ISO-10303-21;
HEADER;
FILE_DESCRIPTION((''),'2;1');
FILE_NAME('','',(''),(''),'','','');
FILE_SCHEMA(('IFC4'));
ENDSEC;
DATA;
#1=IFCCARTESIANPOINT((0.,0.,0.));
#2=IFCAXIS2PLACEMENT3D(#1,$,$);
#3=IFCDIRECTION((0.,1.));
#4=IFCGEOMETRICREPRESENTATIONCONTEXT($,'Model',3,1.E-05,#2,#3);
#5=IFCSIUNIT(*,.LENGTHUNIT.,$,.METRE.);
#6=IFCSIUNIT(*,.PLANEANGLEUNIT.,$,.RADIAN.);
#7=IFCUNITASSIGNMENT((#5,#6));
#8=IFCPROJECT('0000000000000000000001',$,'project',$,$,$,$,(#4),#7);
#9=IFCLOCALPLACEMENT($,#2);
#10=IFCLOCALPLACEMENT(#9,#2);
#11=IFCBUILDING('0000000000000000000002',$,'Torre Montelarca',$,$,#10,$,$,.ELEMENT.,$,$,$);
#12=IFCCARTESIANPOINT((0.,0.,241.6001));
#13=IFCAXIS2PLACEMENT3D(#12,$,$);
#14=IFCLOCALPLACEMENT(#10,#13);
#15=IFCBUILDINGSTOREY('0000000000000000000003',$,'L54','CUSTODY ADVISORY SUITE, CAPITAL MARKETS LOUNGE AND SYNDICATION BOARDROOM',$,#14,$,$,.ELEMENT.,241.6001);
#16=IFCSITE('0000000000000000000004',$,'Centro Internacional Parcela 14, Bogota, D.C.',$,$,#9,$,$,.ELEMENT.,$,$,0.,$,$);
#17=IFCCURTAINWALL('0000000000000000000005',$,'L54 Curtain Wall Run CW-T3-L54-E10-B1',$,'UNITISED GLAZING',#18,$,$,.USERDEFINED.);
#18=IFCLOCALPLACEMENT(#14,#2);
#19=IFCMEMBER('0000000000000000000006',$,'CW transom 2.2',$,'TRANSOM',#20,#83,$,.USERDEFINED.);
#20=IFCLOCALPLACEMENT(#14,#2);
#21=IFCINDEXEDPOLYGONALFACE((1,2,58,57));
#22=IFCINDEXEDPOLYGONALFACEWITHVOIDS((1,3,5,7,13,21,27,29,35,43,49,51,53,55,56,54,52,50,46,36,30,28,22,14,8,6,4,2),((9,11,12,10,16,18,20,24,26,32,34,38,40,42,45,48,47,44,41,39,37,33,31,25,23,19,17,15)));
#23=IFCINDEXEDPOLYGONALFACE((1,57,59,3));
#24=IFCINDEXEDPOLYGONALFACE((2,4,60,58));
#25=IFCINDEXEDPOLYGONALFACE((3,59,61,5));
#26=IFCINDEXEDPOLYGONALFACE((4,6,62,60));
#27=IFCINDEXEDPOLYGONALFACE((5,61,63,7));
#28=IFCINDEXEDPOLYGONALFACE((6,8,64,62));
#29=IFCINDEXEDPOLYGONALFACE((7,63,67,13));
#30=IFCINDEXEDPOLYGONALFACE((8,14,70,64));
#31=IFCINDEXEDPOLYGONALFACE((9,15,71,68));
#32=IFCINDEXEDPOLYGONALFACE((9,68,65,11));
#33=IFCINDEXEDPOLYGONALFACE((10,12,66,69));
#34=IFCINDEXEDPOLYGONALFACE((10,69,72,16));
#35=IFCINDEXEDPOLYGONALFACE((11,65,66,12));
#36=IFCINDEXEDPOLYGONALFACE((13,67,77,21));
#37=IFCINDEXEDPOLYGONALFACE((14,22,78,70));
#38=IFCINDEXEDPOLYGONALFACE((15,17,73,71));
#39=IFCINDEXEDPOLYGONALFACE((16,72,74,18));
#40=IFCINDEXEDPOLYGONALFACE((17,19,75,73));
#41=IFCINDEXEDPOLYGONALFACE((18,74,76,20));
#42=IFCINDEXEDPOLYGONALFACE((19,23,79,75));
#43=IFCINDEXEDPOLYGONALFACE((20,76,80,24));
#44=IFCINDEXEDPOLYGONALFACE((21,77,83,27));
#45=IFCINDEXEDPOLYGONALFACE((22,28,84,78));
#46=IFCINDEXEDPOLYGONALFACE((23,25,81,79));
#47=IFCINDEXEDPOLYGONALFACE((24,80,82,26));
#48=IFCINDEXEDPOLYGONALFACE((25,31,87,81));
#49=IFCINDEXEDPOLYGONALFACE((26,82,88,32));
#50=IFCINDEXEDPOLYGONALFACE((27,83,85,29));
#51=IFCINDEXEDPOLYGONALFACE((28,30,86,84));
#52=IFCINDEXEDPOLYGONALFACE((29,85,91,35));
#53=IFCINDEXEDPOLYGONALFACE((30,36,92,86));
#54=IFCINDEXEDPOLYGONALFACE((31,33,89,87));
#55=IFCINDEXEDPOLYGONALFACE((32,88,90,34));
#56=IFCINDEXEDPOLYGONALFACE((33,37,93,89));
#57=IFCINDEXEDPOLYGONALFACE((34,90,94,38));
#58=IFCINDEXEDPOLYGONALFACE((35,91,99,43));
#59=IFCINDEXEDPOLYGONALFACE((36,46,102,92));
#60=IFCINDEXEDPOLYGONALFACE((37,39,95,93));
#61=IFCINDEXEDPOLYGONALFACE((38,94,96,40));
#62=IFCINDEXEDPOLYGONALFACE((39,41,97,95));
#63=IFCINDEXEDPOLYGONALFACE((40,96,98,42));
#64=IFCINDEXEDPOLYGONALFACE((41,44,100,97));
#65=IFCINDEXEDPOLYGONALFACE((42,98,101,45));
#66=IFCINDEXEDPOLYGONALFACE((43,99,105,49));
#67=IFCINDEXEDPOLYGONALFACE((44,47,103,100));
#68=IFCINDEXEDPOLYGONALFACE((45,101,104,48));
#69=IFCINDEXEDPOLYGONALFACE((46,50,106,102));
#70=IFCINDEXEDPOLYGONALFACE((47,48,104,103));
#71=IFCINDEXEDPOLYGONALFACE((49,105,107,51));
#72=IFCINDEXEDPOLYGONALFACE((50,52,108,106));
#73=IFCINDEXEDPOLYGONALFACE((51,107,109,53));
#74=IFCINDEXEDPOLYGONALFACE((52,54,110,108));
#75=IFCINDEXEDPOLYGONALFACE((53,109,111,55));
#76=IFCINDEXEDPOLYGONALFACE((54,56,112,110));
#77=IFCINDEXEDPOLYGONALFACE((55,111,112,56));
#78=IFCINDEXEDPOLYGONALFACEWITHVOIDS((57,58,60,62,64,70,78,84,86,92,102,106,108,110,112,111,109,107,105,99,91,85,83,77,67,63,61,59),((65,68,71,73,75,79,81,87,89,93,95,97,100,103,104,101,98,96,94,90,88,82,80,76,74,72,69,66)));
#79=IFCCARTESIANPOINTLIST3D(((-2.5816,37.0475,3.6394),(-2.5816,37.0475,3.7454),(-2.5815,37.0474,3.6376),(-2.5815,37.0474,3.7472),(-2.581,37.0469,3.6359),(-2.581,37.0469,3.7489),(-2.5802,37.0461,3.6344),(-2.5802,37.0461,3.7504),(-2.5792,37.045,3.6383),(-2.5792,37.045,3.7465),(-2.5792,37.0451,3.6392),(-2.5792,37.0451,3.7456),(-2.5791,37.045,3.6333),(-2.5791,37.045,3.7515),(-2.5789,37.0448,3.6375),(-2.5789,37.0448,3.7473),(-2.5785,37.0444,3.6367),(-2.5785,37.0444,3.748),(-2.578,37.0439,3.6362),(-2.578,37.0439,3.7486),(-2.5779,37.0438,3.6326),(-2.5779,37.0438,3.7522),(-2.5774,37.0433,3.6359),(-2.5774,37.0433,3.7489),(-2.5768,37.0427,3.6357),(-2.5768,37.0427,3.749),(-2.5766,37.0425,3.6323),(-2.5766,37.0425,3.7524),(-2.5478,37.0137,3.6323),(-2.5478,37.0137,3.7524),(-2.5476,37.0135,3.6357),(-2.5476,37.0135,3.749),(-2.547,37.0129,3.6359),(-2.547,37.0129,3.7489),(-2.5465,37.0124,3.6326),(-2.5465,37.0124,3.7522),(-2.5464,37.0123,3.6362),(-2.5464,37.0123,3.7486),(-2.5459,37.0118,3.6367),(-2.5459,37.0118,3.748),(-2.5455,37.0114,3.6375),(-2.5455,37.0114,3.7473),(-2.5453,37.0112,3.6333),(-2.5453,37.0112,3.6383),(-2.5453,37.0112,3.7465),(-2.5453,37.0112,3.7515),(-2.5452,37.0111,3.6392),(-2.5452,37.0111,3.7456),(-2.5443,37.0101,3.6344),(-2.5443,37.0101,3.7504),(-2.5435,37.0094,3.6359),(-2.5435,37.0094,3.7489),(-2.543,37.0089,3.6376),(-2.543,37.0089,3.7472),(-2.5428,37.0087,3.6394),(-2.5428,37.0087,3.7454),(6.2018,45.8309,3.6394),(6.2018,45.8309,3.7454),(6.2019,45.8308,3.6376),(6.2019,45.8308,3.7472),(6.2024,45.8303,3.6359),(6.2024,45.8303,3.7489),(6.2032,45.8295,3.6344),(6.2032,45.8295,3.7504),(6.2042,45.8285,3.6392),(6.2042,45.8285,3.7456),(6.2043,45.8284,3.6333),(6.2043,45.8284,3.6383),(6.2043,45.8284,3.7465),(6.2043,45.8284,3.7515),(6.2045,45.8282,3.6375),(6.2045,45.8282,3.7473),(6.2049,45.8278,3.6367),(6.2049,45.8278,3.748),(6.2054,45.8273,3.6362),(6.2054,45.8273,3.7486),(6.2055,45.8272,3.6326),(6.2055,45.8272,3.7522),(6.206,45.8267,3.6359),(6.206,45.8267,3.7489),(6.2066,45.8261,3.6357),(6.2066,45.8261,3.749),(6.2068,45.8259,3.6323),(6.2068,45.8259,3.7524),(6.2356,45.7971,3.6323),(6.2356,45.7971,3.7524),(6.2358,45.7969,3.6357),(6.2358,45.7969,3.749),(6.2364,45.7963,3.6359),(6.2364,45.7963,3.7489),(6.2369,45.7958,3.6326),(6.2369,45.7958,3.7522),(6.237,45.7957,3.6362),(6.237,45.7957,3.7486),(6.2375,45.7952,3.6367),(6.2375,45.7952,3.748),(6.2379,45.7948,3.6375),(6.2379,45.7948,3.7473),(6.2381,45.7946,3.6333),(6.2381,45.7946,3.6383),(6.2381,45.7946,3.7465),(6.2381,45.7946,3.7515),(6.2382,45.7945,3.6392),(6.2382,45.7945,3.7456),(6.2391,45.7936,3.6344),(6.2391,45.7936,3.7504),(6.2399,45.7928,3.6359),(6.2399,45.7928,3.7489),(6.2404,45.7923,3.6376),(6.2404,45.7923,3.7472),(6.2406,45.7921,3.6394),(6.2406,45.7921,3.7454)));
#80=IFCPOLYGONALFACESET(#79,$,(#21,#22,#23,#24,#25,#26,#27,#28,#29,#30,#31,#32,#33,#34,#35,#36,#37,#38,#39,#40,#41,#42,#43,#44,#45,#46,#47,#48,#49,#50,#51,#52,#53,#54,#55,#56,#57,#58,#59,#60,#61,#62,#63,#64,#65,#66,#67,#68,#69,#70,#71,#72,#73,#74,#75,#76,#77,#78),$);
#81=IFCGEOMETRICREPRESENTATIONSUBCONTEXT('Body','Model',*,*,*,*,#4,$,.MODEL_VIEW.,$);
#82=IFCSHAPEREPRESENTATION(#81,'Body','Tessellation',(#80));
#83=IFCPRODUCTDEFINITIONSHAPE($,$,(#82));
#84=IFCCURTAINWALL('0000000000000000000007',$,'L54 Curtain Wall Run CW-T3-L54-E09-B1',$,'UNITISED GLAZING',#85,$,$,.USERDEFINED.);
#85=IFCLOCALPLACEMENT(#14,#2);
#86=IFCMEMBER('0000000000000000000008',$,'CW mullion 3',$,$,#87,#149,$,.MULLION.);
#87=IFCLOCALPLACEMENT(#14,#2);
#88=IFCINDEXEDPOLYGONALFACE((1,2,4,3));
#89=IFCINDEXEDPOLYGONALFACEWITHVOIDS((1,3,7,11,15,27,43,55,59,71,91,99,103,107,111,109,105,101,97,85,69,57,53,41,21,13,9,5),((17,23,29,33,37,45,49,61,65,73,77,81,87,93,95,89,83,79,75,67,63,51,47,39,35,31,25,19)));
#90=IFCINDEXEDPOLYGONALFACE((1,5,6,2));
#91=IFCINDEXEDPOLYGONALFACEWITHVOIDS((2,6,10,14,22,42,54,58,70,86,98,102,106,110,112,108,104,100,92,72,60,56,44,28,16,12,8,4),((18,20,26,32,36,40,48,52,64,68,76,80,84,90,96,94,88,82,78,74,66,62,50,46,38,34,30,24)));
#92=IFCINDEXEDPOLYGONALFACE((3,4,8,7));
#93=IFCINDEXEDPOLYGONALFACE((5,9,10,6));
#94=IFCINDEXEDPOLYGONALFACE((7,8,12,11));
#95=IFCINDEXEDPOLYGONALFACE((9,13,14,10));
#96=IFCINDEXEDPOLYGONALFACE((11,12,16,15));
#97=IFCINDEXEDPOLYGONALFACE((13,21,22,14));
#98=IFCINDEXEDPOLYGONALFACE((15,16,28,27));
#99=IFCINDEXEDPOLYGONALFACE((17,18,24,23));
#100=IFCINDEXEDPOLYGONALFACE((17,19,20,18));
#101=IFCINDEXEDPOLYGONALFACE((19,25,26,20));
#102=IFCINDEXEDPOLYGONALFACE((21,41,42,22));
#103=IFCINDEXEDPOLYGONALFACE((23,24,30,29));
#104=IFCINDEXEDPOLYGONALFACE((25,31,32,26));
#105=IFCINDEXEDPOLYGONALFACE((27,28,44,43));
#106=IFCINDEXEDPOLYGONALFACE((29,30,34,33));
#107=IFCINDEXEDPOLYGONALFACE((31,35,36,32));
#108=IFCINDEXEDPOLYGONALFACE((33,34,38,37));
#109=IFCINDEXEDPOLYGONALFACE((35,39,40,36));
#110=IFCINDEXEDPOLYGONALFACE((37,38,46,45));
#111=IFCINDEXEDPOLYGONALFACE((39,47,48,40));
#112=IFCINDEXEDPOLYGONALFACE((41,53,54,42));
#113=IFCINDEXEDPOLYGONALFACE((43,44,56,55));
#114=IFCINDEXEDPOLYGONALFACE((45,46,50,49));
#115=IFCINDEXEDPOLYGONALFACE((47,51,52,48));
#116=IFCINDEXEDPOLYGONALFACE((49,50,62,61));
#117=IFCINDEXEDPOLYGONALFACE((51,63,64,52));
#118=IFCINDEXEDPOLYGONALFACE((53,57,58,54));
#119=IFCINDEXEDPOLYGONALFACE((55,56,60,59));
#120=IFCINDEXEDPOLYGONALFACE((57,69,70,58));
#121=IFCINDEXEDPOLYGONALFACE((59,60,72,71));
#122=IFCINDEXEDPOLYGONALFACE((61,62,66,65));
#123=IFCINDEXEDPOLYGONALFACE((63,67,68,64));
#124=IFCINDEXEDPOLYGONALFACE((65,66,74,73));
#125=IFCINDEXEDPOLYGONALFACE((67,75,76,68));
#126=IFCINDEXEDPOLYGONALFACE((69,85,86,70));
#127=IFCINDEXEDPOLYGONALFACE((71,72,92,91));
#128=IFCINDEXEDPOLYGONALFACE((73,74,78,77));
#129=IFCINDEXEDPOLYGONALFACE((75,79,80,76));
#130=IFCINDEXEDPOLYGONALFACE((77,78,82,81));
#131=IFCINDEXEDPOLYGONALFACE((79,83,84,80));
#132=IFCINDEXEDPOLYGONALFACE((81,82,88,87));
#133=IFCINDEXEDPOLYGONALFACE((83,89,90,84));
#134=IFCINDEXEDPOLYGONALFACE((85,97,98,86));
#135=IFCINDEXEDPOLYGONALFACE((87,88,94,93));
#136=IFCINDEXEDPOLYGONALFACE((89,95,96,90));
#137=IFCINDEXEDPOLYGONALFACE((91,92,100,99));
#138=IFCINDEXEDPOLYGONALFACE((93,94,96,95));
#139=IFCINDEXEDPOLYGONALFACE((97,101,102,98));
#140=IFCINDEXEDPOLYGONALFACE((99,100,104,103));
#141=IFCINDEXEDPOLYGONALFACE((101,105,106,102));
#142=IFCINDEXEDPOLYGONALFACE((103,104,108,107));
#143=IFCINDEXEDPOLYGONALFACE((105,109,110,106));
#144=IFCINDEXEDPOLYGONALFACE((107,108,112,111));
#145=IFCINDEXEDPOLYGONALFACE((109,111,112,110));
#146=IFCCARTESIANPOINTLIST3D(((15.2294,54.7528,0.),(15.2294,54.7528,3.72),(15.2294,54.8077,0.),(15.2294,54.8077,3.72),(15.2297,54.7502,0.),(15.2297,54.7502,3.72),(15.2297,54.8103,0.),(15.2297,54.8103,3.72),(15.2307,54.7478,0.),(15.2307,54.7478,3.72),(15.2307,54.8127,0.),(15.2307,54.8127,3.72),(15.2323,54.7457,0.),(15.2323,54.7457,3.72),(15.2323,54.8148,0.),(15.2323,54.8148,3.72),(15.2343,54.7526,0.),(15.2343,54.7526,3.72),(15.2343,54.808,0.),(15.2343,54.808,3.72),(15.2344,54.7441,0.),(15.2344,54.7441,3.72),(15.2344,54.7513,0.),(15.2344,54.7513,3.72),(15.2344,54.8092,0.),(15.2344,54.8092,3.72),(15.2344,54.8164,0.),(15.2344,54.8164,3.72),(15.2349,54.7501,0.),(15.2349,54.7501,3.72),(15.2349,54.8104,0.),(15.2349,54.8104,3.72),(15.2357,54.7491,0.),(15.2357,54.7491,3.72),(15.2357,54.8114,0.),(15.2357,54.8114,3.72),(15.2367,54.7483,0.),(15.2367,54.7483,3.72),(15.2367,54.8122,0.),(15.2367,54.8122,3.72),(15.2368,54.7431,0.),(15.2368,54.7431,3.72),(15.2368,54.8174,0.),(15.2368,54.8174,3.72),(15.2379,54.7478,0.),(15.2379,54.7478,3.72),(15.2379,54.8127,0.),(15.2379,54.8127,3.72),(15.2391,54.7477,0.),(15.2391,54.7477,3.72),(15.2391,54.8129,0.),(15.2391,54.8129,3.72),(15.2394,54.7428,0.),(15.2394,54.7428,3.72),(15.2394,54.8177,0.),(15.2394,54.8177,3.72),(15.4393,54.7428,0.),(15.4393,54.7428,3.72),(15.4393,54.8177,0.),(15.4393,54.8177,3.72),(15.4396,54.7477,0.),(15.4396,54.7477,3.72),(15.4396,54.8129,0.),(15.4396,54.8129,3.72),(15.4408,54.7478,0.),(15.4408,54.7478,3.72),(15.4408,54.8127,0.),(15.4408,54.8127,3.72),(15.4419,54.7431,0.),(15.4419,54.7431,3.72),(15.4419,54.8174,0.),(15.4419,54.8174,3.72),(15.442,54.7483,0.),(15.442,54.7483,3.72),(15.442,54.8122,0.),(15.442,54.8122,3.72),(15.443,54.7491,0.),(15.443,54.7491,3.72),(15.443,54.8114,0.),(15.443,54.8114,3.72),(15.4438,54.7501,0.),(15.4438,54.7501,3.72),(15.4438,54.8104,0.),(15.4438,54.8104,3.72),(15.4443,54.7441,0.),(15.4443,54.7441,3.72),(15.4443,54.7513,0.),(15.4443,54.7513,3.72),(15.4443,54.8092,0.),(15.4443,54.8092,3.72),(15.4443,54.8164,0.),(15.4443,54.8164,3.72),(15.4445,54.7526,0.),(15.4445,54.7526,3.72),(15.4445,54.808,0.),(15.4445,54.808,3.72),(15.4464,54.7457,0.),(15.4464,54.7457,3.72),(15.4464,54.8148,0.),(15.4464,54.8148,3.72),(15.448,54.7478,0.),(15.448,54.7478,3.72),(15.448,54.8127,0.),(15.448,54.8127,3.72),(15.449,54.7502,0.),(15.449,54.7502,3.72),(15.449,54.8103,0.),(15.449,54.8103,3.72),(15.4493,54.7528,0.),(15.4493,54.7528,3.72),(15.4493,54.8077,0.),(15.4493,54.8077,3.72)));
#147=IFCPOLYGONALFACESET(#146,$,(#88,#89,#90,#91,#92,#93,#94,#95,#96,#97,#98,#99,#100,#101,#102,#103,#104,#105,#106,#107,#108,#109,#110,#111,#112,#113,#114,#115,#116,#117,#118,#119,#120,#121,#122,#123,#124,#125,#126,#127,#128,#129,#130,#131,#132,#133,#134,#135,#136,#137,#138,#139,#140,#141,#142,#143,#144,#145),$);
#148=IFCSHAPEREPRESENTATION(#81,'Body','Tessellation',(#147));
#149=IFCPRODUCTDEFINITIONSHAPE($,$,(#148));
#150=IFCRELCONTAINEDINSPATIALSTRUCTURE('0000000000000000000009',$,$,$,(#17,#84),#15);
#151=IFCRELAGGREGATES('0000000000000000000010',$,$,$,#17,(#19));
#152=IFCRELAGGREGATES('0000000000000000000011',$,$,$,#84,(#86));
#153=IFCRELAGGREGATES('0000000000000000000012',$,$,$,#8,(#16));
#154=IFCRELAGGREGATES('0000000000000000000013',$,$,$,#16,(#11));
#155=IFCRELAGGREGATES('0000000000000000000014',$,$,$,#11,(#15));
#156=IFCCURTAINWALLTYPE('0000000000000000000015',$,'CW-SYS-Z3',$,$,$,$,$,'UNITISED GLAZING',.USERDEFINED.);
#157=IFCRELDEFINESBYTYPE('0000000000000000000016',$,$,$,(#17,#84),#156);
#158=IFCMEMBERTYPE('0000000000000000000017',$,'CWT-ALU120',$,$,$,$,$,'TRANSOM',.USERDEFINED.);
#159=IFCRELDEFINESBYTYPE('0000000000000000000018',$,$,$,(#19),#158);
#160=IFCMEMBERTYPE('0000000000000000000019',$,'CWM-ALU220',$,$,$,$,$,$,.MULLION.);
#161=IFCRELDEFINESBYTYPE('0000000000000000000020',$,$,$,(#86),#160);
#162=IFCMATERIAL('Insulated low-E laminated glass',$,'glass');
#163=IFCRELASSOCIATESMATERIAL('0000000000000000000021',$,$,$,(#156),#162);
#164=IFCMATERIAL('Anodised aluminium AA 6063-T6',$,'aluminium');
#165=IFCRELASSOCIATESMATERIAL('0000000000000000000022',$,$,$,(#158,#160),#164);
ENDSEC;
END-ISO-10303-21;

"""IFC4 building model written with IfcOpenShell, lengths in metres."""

from ifc_helpers import new_model, si_unit, direction, frame, origin, origin_2d, place, context, subcontext, project, spatial, hollow_rectangle, extrude, source, transform, mapped, material, material_profile, profile_set, type_object, element, aggregate, save


model = new_model("IFC4")

# Units and contexts
model_context = context("Model", 3, precision=1e-05, world=origin(), true_north=direction((0.0, 1.0)))
body_context = subcontext(model_context, "Body", "Model", "MODEL_VIEW")
ifc_project = project(units=[si_unit("LENGTHUNIT", "METRE"), si_unit("PLANEANGLEUNIT", "RADIAN")], contexts=[model_context])

# Site, building, storey
site_placement = place(None, origin())
site = spatial("IfcSite", under=ifc_project, at=site_placement, Name="Centro Internacional Parcela 14, Bogota, D.C.", CompositionType="ELEMENT", RefElevation=0.0)
building_placement = place(site_placement, origin())
building = spatial("IfcBuilding", under=site, at=building_placement, Name="Torre Montelarca", CompositionType="ELEMENT")
storey_placement = place(building_placement, frame((0.0, 0.0, 241.6001)))
storey = spatial("IfcBuildingStorey", under=building, at=storey_placement, Name="L54", Description="CUSTODY ADVISORY SUITE, CAPITAL MARKETS LOUNGE AND SYNDICATION BOARDROOM", CompositionType="ELEMENT", Elevation=241.6001)

# Curtain wall, member
ifc_material_1 = material(Name="Insulated low-E laminated glass", Category="glass")
curtain_wall_type = type_object("IfcCurtainWallType", Name="CW-SYS-Z3", ElementType="UNITISED GLAZING", PredefinedType="USERDEFINED", material=ifc_material_1)
curtain_wall_1_placement = place(storey_placement, origin())
curtain_wall_1 = element("IfcCurtainWall", 1, at=curtain_wall_1_placement, inside=storey, type_object=curtain_wall_type, Name="L54 Curtain Wall Run CW-T3-L54-E10-B1", ObjectType="UNITISED GLAZING", PredefinedType="USERDEFINED")
ifc_material_2 = material(Name="Anodised aluminium AA 6063-T6", Category="aluminium")
ifc_material_profile_1 = material_profile(ifc_material_2, hollow_rectangle(XDim=0.0549, YDim=0.1201, WallThickness=0.0034, InnerFilletRadius=0.0034, OuterFilletRadius=0.0071, at=origin_2d()), Name="ALU55X120X3.5", Category="aluminium")
ifc_profile_set_1 = profile_set([ifc_material_profile_1], Name="Anodised aluminium AA 6063-T6")
member_type_1 = type_object("IfcMemberType", Name="CWT-ALU120", ElementType="TRANSOM", PredefinedType="USERDEFINED", material=ifc_profile_set_1)
shared_shape_1 = source(origin(), body_context, "Body", "SweptSolid", [
    extrude(hollow_rectangle(XDim=0.0549, YDim=0.1201, WallThickness=0.0034, InnerFilletRadius=0.0034, OuterFilletRadius=0.0071, at=origin_2d()), origin(), (0.0, 0.0, 1.0), 12.4216),
])
member_1_placement = place(storey_placement, frame((6.2212, 45.8115, 3.6924), z_axis=(-0.707107, -0.707107, 0.0), x_axis=(0.707107, -0.707107, 0.0)))
member_1 = element("IfcMember", 2, at=member_1_placement, type_object=member_type_1, Name="CW transom 2.2", ObjectType="TRANSOM", PredefinedType="USERDEFINED", context=body_context, shape_type="MappedRepresentation", body=[
    mapped(shared_shape_1, transform((0.0, 0.0, 0.0), scale=1.0)),
])

# Curtain wall, member
curtain_wall_2_placement = place(storey_placement, origin())
curtain_wall_2 = element("IfcCurtainWall", 3, at=curtain_wall_2_placement, inside=storey, type_object=curtain_wall_type, Name="L54 Curtain Wall Run CW-T3-L54-E09-B1", ObjectType="UNITISED GLAZING", PredefinedType="USERDEFINED")
ifc_material_profile_2 = material_profile(ifc_material_2, hollow_rectangle(XDim=0.075, YDim=0.22, WallThickness=0.0049, InnerFilletRadius=0.0049, OuterFilletRadius=0.01, at=origin_2d()), Name="ALU75X220X5", Category="aluminium")
ifc_profile_set_2 = profile_set([ifc_material_profile_2], Name="Anodised aluminium AA 6063-T6")
member_type_2 = type_object("IfcMemberType", Name="CWM-ALU220", PredefinedType="MULLION", material=ifc_profile_set_2)
shared_shape_2 = source(origin(), body_context, "Body", "SweptSolid", [
    extrude(hollow_rectangle(XDim=0.075, YDim=0.22, WallThickness=0.0049, InnerFilletRadius=0.0049, OuterFilletRadius=0.01, at=origin_2d()), origin(), (0.0, 0.0, 1.0), 3.72),
])
member_2_placement = place(storey_placement, frame((15.3394, 54.7803, 0.0), z_axis=(0.0, 0.0, 1.0), x_axis=(0.0, -1.0, 0.0)))
member_2 = element("IfcMember", 4, at=member_2_placement, type_object=member_type_2, Name="CW mullion 3", PredefinedType="MULLION", context=body_context, shape_type="MappedRepresentation", body=[
    mapped(shared_shape_2, transform((0.0, 0.0, 0.0), scale=1.0)),
])

aggregate(curtain_wall_1, [member_1])
aggregate(curtain_wall_2, [member_2])

save(model, "model.ifc")
